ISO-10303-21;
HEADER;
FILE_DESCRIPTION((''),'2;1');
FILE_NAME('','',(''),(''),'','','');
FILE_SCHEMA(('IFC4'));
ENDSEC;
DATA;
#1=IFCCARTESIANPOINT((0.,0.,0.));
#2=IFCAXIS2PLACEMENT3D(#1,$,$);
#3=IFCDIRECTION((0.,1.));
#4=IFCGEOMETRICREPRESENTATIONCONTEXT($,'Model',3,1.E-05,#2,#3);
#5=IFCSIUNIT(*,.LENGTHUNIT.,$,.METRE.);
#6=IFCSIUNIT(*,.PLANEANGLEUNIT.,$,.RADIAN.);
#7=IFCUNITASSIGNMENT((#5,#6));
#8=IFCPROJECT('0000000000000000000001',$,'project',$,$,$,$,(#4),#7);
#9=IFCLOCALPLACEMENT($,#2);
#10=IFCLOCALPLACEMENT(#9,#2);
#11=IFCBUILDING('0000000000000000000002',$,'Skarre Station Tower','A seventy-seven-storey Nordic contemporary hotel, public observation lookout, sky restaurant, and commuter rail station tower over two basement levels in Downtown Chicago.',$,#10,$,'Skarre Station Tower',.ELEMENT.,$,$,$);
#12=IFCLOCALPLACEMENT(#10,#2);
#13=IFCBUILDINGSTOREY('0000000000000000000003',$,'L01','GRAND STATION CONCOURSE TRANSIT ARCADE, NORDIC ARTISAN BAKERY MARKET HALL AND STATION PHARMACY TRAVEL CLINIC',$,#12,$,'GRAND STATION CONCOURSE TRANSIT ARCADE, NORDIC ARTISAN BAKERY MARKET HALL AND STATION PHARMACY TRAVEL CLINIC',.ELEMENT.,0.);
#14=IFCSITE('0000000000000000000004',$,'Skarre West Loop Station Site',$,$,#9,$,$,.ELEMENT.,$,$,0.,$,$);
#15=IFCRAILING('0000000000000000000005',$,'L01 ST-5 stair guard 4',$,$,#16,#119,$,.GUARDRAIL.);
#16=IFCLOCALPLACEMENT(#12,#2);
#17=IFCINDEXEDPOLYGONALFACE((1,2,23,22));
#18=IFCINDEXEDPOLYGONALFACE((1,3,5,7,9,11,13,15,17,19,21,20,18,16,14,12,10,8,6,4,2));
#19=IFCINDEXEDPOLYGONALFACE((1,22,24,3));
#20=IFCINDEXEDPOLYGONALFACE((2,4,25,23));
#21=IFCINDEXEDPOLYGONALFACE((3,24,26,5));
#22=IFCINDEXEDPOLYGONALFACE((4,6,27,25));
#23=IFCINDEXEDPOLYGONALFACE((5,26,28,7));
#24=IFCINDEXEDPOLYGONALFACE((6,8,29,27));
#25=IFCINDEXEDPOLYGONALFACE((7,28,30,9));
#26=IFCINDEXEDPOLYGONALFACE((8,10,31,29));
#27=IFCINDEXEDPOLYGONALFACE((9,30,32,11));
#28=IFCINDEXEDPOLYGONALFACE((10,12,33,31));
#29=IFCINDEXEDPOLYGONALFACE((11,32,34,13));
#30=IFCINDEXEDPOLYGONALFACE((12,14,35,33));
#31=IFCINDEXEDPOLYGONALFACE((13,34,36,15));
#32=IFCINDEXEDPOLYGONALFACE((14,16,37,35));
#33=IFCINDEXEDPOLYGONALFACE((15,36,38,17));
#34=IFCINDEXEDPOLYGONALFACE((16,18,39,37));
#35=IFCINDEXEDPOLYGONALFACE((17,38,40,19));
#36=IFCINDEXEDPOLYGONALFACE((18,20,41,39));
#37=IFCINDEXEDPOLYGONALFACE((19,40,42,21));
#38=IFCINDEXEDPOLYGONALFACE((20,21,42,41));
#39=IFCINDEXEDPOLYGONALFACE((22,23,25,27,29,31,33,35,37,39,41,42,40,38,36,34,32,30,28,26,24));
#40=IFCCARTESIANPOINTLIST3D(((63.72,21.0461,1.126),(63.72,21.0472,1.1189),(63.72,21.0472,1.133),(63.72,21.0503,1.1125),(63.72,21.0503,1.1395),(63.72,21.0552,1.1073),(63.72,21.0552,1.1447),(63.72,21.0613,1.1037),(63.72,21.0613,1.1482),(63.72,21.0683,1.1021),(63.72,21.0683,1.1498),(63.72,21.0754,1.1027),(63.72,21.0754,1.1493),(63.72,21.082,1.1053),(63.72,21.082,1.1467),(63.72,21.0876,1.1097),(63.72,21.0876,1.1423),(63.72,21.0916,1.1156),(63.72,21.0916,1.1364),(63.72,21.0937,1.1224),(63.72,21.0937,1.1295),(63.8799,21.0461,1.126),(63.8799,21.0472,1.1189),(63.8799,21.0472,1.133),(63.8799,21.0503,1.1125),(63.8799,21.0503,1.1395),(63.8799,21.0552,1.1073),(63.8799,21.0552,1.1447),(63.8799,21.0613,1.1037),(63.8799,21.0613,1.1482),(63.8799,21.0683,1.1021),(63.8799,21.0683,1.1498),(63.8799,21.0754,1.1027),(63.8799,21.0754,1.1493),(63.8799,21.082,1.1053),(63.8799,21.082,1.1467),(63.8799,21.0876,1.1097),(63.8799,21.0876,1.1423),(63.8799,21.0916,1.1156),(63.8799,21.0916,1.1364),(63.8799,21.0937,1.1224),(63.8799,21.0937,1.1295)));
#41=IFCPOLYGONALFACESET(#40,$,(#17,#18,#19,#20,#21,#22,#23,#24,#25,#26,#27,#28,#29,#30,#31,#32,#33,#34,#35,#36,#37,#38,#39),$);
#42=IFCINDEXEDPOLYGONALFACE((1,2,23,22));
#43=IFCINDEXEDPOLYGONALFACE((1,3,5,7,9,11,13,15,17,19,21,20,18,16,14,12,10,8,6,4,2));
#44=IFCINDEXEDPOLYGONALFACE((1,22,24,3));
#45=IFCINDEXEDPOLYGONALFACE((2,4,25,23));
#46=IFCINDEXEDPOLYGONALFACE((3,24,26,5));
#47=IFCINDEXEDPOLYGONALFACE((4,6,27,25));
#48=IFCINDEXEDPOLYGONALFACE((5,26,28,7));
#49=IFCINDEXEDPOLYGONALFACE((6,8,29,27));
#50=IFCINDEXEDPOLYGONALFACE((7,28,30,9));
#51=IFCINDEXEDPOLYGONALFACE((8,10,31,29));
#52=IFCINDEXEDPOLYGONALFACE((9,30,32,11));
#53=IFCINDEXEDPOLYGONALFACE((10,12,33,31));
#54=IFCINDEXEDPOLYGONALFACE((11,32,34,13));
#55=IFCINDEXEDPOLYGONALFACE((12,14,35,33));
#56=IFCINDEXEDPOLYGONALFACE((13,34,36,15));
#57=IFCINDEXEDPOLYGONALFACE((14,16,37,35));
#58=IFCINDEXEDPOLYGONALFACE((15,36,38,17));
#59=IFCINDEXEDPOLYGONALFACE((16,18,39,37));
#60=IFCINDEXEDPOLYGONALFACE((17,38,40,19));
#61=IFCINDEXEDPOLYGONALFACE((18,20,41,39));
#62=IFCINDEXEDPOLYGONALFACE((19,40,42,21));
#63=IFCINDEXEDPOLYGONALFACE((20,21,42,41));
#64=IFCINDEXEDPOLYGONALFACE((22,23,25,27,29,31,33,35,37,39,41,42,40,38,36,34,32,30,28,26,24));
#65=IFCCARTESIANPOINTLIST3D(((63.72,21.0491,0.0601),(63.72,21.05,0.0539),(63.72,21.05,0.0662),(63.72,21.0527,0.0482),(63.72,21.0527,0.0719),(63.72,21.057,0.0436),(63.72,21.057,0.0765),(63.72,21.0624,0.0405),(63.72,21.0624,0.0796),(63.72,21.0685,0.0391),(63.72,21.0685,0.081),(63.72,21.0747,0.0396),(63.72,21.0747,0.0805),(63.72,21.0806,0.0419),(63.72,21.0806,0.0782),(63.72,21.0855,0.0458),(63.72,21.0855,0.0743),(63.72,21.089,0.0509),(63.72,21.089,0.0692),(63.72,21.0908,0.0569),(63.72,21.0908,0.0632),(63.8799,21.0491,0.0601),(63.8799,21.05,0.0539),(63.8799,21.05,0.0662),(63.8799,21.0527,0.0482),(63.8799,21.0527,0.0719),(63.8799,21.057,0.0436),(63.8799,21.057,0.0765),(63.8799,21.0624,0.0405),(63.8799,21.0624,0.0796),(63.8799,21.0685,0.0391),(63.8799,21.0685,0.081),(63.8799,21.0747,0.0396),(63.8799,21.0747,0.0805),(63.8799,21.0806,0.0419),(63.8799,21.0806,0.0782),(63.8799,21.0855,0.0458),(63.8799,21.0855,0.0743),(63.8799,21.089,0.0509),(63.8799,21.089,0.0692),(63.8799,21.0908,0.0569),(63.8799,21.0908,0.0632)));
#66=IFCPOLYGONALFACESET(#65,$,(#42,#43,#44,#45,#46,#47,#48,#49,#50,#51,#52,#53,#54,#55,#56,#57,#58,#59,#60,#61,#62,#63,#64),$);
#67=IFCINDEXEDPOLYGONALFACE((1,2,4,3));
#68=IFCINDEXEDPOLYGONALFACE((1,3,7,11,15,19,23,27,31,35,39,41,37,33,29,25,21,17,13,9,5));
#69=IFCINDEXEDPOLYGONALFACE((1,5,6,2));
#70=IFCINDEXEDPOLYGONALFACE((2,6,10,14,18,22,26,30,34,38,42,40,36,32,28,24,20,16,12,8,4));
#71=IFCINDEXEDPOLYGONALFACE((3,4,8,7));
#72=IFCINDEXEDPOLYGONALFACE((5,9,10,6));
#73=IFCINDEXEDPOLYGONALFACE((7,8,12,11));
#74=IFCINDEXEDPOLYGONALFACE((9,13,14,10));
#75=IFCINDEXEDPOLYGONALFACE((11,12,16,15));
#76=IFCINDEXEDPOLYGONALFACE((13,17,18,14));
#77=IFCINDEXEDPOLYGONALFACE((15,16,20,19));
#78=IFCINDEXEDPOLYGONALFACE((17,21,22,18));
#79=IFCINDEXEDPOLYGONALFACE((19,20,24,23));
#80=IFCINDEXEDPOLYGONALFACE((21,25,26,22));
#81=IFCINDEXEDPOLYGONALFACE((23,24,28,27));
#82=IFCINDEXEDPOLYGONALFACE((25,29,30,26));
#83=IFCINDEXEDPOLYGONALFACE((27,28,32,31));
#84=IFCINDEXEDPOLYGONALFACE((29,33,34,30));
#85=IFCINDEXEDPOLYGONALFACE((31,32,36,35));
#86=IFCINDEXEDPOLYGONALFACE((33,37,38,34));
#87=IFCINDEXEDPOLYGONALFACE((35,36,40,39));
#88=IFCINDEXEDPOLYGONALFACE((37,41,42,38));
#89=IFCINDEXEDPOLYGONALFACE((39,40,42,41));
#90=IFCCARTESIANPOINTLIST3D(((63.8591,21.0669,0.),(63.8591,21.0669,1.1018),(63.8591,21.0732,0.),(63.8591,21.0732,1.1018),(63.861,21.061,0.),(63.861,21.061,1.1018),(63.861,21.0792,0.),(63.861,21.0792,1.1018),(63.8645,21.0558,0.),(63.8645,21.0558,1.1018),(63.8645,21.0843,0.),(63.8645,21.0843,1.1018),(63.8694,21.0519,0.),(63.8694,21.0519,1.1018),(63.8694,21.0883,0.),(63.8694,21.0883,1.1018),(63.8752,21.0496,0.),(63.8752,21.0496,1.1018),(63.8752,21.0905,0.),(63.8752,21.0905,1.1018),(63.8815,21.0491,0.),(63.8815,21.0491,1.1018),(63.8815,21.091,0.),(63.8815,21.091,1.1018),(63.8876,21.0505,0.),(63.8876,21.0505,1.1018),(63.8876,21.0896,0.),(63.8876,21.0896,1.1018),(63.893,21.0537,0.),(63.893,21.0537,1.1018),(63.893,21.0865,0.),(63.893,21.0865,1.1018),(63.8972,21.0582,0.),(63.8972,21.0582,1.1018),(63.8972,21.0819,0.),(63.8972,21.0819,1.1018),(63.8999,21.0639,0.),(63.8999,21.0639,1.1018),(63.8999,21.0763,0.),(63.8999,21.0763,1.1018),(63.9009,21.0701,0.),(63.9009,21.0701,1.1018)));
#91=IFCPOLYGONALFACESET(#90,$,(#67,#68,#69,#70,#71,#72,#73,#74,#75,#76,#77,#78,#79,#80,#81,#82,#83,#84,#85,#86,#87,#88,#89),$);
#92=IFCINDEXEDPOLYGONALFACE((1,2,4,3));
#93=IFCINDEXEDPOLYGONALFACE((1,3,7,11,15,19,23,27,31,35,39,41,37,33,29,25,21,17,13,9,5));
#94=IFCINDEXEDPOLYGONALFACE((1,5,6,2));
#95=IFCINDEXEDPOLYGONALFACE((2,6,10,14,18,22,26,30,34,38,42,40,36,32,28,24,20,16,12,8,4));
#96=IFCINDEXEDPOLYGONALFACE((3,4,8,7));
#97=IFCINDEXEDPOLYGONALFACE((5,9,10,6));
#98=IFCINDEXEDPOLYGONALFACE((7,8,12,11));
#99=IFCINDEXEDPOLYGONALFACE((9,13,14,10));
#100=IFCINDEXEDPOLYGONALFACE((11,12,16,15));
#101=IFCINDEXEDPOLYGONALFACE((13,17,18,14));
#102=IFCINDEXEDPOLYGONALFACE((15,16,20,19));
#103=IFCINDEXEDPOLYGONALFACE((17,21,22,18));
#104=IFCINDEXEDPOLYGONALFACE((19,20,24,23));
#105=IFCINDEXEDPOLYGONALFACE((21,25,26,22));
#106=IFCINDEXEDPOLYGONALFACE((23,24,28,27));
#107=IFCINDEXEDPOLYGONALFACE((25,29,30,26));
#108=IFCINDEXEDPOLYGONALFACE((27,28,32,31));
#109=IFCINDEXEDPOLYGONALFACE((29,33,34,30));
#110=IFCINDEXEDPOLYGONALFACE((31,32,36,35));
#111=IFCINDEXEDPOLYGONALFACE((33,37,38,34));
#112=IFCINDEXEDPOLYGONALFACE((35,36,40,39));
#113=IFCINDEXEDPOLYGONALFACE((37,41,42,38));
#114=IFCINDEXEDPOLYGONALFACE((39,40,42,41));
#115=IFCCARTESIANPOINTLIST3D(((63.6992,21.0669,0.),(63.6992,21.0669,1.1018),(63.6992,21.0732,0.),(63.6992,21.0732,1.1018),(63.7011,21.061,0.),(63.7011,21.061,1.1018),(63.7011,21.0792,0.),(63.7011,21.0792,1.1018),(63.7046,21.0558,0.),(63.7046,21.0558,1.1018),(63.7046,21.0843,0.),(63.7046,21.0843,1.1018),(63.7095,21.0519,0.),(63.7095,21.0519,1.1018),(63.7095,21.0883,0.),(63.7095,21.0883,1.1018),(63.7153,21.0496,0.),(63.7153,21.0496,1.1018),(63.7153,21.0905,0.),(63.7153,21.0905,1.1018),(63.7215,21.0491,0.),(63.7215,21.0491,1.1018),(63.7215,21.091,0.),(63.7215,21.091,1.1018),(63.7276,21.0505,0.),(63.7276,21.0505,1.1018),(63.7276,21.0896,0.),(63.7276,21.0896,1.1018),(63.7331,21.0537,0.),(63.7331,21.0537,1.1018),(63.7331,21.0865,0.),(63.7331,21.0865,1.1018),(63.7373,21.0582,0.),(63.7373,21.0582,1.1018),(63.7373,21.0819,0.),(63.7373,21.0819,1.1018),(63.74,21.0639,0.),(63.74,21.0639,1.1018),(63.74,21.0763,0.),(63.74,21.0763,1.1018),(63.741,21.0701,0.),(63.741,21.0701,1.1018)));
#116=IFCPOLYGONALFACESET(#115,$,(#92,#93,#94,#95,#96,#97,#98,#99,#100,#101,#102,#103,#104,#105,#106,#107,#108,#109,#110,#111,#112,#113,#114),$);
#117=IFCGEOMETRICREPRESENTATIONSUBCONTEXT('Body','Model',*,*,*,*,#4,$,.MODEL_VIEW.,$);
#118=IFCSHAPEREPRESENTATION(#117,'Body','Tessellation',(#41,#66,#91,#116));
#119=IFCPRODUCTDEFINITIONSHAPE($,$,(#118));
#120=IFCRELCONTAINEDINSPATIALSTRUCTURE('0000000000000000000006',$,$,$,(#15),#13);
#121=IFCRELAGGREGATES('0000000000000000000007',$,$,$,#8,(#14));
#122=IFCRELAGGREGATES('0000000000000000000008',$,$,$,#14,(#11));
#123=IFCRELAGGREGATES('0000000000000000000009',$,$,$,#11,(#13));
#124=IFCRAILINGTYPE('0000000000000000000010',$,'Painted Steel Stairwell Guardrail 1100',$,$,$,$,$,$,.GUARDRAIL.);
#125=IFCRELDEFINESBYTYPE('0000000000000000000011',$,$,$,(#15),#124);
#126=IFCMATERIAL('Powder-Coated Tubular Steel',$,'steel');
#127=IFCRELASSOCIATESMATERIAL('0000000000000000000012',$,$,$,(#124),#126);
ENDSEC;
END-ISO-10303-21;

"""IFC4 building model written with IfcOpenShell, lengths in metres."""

from ifc_helpers import new_model, si_unit, direction, frame, origin, origin_2d, place, context, subcontext, project, spatial, circle, extrude, material, type_object, element, save


model = new_model("IFC4")

# Units and contexts
model_context = context("Model", 3, precision=1e-05, world=origin(), true_north=direction((0.0, 1.0)))
body_context = subcontext(model_context, "Body", "Model", "MODEL_VIEW")
ifc_project = project(units=[si_unit("LENGTHUNIT", "METRE"), si_unit("PLANEANGLEUNIT", "RADIAN")], contexts=[model_context])

# Site, building, storey
site_placement = place(None, origin())
site = spatial("IfcSite", under=ifc_project, at=site_placement, Name="Skarre West Loop Station Site", CompositionType="ELEMENT", RefElevation=0.0)
building_placement = place(site_placement, origin())
building = spatial("IfcBuilding", under=site, at=building_placement, Name="Skarre Station Tower", Description="A seventy-seven-storey Nordic contemporary hotel, public observation lookout, sky restaurant, and commuter rail station tower over two basement levels in Downtown Chicago.", LongName="Skarre Station Tower", CompositionType="ELEMENT")
storey_placement = place(building_placement, origin())
storey = spatial("IfcBuildingStorey", under=building, at=storey_placement, Name="L01", Description="GRAND STATION CONCOURSE TRANSIT ARCADE, NORDIC ARTISAN BAKERY MARKET HALL AND STATION PHARMACY TRAVEL CLINIC", LongName="GRAND STATION CONCOURSE TRANSIT ARCADE, NORDIC ARTISAN BAKERY MARKET HALL AND STATION PHARMACY TRAVEL CLINIC", CompositionType="ELEMENT", Elevation=0.0)

# Railing
ifc_material_1 = material(Name="Powder-Coated Tubular Steel", Category="steel")
railing_type_1 = type_object("IfcRailingType", Name="Painted Steel Stairwell Guardrail 1100", PredefinedType="GUARDRAIL", material=ifc_material_1)
for number, where, name in (
    (1, (63.8799, 21.0701, 0.0), "L01 ST-5 stair guard 4"),
):
    element("IfcRailing", number, at=place(storey_placement, frame(where)), inside=storey, type_object=railing_type_1, Name=name, PredefinedType="GUARDRAIL", context=body_context, shape_type="SweptSolid", body=[
        extrude(circle(Radius=0.0239, at=origin_2d()), frame((0.0, 0.0, 1.126), z_axis=(-1.0, 0.0, 0.0), x_axis=(0.0, -1.0, 0.0)), (0.0, 0.0, 1.0), 0.1599),
        extrude(circle(Radius=0.021, at=origin_2d()), frame((0.0, 0.0, 0.0601), z_axis=(-1.0, 0.0, 0.0), x_axis=(0.0, -1.0, 0.0)), (0.0, 0.0, 1.0), 0.1599),
        extrude(circle(Radius=0.021, at=origin_2d()), origin(), (0.0, 0.0, 1.0), 1.1018),
        extrude(circle(Radius=0.021, at=origin_2d()), frame((-0.1599, 0.0, 0.0)), (0.0, 0.0, 1.0), 1.1018),
    ])

save(model, "model.ifc")
